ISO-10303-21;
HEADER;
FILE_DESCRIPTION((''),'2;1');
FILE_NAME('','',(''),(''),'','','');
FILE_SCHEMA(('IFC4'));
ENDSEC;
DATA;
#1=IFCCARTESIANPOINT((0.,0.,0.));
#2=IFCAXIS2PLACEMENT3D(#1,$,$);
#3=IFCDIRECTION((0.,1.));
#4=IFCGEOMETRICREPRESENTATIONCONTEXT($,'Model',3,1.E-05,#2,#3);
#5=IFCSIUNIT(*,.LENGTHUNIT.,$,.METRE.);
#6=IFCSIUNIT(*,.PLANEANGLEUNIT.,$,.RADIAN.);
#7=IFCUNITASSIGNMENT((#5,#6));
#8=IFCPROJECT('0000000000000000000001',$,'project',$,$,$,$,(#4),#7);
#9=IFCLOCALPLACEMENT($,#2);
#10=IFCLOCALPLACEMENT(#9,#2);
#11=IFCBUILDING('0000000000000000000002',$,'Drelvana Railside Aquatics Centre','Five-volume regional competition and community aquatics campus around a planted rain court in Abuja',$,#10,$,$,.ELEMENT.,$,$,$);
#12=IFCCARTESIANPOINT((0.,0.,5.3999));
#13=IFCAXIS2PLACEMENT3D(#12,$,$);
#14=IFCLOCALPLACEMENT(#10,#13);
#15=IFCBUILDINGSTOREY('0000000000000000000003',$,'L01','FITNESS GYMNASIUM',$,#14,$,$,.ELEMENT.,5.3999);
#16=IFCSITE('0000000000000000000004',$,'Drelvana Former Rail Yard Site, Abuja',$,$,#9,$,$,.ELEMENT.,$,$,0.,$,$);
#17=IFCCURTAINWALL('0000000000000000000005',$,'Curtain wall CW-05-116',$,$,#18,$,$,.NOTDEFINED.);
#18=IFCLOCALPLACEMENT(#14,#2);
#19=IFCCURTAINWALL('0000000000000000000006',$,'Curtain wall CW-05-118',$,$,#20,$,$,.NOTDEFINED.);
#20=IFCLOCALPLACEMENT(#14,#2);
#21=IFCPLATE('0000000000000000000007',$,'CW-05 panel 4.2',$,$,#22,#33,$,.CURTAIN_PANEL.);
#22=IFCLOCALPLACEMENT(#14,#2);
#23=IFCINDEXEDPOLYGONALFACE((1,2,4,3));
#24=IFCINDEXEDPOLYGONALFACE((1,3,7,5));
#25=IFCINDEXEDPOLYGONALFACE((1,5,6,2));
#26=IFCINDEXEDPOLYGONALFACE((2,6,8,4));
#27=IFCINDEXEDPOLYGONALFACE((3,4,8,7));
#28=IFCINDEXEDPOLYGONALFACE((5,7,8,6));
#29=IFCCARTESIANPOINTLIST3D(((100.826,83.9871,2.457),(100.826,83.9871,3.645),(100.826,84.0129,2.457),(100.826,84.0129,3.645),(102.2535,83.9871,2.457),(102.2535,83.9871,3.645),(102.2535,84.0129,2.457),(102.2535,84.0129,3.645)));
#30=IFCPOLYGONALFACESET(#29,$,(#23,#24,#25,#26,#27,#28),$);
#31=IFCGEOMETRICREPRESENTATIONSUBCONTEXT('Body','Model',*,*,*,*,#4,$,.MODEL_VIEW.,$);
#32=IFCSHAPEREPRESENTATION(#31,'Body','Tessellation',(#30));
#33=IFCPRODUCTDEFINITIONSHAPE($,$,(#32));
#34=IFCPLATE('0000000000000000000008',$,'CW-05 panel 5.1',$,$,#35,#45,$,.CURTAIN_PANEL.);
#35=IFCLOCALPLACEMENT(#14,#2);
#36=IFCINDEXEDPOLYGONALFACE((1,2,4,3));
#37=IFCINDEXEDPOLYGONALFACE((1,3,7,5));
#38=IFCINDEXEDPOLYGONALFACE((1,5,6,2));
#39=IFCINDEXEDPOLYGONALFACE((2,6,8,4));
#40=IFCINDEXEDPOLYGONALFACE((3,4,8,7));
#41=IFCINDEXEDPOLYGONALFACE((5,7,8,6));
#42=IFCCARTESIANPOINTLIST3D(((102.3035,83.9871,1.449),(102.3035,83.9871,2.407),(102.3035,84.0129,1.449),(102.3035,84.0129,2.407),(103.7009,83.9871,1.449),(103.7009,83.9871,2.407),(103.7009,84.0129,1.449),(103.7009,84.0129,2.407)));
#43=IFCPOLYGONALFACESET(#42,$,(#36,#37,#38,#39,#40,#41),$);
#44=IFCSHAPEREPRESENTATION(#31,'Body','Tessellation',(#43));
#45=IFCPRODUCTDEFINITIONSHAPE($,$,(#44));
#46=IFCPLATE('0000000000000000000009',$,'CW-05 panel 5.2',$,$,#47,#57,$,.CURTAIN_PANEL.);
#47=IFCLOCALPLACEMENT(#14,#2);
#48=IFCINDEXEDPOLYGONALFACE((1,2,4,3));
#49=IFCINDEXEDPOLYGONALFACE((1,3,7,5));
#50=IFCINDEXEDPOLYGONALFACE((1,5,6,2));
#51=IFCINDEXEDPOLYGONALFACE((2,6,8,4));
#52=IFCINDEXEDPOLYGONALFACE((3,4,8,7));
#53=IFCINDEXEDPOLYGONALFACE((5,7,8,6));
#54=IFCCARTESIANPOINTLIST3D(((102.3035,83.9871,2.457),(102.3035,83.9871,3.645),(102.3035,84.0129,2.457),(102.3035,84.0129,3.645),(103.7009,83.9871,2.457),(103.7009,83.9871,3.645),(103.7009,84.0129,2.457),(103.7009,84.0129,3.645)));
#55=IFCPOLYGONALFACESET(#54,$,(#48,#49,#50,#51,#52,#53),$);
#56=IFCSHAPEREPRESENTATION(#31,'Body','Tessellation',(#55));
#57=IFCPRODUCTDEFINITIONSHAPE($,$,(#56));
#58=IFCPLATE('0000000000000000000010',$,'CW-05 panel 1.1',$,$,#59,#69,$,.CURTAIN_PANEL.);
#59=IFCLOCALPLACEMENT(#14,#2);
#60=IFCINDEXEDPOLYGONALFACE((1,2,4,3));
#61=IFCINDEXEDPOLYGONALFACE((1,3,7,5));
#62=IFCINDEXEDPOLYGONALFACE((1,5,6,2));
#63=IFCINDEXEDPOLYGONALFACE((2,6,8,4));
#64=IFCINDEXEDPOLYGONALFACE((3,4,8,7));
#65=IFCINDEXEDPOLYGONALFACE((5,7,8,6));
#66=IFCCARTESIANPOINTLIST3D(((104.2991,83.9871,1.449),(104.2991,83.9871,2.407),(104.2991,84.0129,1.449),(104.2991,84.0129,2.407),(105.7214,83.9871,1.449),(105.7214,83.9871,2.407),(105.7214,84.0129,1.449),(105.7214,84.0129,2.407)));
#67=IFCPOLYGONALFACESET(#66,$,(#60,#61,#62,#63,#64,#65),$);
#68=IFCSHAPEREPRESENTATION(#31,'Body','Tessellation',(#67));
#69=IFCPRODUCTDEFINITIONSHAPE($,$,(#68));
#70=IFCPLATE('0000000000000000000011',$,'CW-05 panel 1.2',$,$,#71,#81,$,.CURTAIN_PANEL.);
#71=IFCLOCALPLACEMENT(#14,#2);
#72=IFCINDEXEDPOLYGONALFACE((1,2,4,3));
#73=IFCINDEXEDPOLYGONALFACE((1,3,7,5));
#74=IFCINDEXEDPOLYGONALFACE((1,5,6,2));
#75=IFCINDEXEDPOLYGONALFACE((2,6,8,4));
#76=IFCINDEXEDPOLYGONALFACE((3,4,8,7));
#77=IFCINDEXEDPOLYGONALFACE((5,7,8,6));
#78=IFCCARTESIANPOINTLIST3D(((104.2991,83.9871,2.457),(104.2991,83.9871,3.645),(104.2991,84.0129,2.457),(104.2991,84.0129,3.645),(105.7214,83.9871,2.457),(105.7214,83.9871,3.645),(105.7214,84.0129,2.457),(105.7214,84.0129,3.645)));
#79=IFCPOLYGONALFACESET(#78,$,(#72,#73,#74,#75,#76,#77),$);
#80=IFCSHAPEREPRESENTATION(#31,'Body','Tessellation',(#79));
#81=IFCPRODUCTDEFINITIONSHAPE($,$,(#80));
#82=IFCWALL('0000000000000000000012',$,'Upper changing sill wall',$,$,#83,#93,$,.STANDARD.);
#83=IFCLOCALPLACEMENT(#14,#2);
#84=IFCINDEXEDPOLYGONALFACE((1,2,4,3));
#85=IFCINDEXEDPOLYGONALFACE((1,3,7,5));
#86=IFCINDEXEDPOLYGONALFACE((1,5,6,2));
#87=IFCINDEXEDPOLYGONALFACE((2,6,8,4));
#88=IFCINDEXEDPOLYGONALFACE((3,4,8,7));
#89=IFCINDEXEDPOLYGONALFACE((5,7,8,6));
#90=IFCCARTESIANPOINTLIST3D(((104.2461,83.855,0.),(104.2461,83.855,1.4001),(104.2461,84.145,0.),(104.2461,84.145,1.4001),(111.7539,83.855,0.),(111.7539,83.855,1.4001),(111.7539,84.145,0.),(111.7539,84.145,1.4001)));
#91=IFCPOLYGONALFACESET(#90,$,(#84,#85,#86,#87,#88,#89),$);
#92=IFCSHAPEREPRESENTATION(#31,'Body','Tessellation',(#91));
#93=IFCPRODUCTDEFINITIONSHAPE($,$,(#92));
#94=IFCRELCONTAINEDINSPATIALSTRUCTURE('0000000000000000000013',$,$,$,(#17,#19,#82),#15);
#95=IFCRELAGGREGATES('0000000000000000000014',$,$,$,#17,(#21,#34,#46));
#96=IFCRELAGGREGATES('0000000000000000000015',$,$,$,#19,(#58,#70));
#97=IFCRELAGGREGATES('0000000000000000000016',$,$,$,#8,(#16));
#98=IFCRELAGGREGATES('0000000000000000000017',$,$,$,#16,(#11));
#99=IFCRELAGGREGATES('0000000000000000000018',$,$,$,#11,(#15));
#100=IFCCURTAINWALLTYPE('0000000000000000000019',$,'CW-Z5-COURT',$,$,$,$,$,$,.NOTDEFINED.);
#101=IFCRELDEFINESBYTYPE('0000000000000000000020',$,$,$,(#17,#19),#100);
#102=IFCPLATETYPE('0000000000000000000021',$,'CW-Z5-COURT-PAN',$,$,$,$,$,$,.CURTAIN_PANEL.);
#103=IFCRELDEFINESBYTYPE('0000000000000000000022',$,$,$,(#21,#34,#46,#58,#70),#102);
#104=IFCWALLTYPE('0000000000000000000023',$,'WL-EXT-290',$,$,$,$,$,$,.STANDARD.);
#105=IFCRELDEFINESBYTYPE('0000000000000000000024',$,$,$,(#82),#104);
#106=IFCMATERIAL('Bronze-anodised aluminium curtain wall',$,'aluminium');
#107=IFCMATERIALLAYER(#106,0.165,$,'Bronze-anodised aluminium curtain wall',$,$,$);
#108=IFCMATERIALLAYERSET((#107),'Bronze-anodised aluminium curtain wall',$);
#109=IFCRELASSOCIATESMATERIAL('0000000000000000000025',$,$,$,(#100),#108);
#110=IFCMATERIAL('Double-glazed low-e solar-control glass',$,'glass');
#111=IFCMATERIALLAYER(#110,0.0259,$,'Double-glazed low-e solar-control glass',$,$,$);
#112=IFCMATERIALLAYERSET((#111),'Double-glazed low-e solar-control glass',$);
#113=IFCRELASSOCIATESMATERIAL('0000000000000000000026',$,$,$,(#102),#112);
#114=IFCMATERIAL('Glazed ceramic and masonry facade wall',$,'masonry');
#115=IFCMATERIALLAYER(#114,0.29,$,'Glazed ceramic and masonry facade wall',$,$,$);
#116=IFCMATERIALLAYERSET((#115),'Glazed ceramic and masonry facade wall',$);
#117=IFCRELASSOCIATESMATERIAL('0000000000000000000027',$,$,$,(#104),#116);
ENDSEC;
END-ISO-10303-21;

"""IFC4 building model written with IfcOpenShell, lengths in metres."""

from ifc_helpers import new_model, si_unit, direction, frame, frame_2d, origin, origin_2d, place, context, subcontext, project, spatial, rectangle, extrude, material, layer, layer_set, type_object, element, aggregate, save


model = new_model("IFC4")

# Units and contexts
model_context = context("Model", 3, precision=1e-05, world=origin(), true_north=direction((0.0, 1.0)))
body_context = subcontext(model_context, "Body", "Model", "MODEL_VIEW")
ifc_project = project(units=[si_unit("LENGTHUNIT", "METRE"), si_unit("PLANEANGLEUNIT", "RADIAN")], contexts=[model_context])

# Site, building, storey
site_placement = place(None, origin())
site = spatial("IfcSite", under=ifc_project, at=site_placement, Name="Drelvana Former Rail Yard Site, Abuja", CompositionType="ELEMENT", RefElevation=0.0)
building_placement = place(site_placement, origin())
building = spatial("IfcBuilding", under=site, at=building_placement, Name="Drelvana Railside Aquatics Centre", Description="Five-volume regional competition and community aquatics campus around a planted rain court in Abuja", CompositionType="ELEMENT")
storey_placement = place(building_placement, frame((0.0, 0.0, 5.3999)))
storey = spatial("IfcBuildingStorey", under=building, at=storey_placement, Name="L01", Description="FITNESS GYMNASIUM", CompositionType="ELEMENT", Elevation=5.3999)

# Curtain walls
ifc_material_1 = material(Name="Bronze-anodised aluminium curtain wall", Category="aluminium")
ifc_layer_1 = layer(ifc_material_1, 0.165, Name="Bronze-anodised aluminium curtain wall")
ifc_layer_set_1 = layer_set([ifc_layer_1], Name="Bronze-anodised aluminium curtain wall")
curtain_wall_type = type_object("IfcCurtainWallType", Name="CW-Z5-COURT", PredefinedType="NOTDEFINED", material=ifc_layer_set_1)
curtain_wall_1_placement = place(storey_placement, origin())
curtain_wall_1 = element("IfcCurtainWall", 1, at=curtain_wall_1_placement, inside=storey, type_object=curtain_wall_type, Name="Curtain wall CW-05-116", PredefinedType="NOTDEFINED")
curtain_wall_2_placement = place(storey_placement, origin())
curtain_wall_2 = element("IfcCurtainWall", 2, at=curtain_wall_2_placement, inside=storey, type_object=curtain_wall_type, Name="Curtain wall CW-05-118", PredefinedType="NOTDEFINED")

# Plates
ifc_material_2 = material(Name="Double-glazed low-e solar-control glass", Category="glass")
ifc_layer_2 = layer(ifc_material_2, 0.0259, Name="Double-glazed low-e solar-control glass")
ifc_layer_set_2 = layer_set([ifc_layer_2], Name="Double-glazed low-e solar-control glass")
plate_type = type_object("IfcPlateType", Name="CW-Z5-COURT-PAN", PredefinedType="CURTAIN_PANEL", material=ifc_layer_set_2)
plate_1_placement = place(storey_placement, frame((101.5398, 84.0, 2.457), z_axis=(0.0, 0.0, 1.0), x_axis=(1.0, 0.0, 0.0)))
plate_1 = element("IfcPlate", 3, at=plate_1_placement, type_object=plate_type, Name="CW-05 panel 4.2", PredefinedType="CURTAIN_PANEL", context=body_context, shape_type="SweptSolid", body=[
    extrude(rectangle(XDim=1.4275, YDim=0.0259, at=origin_2d()), origin(), (0.0, 0.0, 1.0), 1.188),
])
plate_2_placement = place(storey_placement, frame((103.0022, 84.0, 1.449), z_axis=(0.0, 0.0, 1.0), x_axis=(1.0, 0.0, 0.0)))
plate_2 = element("IfcPlate", 4, at=plate_2_placement, type_object=plate_type, Name="CW-05 panel 5.1", PredefinedType="CURTAIN_PANEL", context=body_context, shape_type="SweptSolid", body=[
    extrude(rectangle(XDim=1.3975, YDim=0.0259, at=origin_2d()), origin(), (0.0, 0.0, 1.0), 0.958),
])
plate_3_placement = place(storey_placement, frame((103.0022, 84.0, 2.457), z_axis=(0.0, 0.0, 1.0), x_axis=(1.0, 0.0, 0.0)))
plate_3 = element("IfcPlate", 5, at=plate_3_placement, type_object=plate_type, Name="CW-05 panel 5.2", PredefinedType="CURTAIN_PANEL", context=body_context, shape_type="SweptSolid", body=[
    extrude(rectangle(XDim=1.3975, YDim=0.0259, at=origin_2d()), origin(), (0.0, 0.0, 1.0), 1.188),
])
aggregate(curtain_wall_1, [plate_1, plate_2, plate_3])
plate_4_placement = place(storey_placement, frame((105.0103, 84.0, 1.449), z_axis=(0.0, 0.0, 1.0), x_axis=(1.0, 0.0, 0.0)))
plate_4 = element("IfcPlate", 6, at=plate_4_placement, type_object=plate_type, Name="CW-05 panel 1.1", PredefinedType="CURTAIN_PANEL", context=body_context, shape_type="SweptSolid", body=[
    extrude(rectangle(XDim=1.4224, YDim=0.0259, at=origin_2d()), origin(), (0.0, 0.0, 1.0), 0.958),
])
plate_5_placement = place(storey_placement, frame((105.0103, 84.0, 2.457), z_axis=(0.0, 0.0, 1.0), x_axis=(1.0, 0.0, 0.0)))
plate_5 = element("IfcPlate", 7, at=plate_5_placement, type_object=plate_type, Name="CW-05 panel 1.2", PredefinedType="CURTAIN_PANEL", context=body_context, shape_type="SweptSolid", body=[
    extrude(rectangle(XDim=1.4224, YDim=0.0259, at=origin_2d()), origin(), (0.0, 0.0, 1.0), 1.188),
])
aggregate(curtain_wall_2, [plate_4, plate_5])

# Wall
ifc_material_3 = material(Name="Glazed ceramic and masonry facade wall", Category="masonry")
ifc_layer_3 = layer(ifc_material_3, 0.29, Name="Glazed ceramic and masonry facade wall")
ifc_layer_set_3 = layer_set([ifc_layer_3], Name="Glazed ceramic and masonry facade wall")
wall_type = type_object("IfcWallType", Name="WL-EXT-290", PredefinedType="STANDARD", material=ifc_layer_set_3)
wall_placement = place(storey_placement, frame((104.2461, 84.0, 0.0), z_axis=(0.0, 0.0, 1.0), x_axis=(1.0, 0.0, 0.0)))
element("IfcWall", 8, at=wall_placement, inside=storey, type_object=wall_type, Name="Upper changing sill wall", PredefinedType="STANDARD", context=body_context, shape_type="SweptSolid", body=[
    extrude(rectangle(XDim=7.5078, YDim=0.29, at=frame_2d((3.7539, 0.0))), origin(), (0.0, 0.0, 1.0), 1.4001),
])

save(model, "model.ifc")
